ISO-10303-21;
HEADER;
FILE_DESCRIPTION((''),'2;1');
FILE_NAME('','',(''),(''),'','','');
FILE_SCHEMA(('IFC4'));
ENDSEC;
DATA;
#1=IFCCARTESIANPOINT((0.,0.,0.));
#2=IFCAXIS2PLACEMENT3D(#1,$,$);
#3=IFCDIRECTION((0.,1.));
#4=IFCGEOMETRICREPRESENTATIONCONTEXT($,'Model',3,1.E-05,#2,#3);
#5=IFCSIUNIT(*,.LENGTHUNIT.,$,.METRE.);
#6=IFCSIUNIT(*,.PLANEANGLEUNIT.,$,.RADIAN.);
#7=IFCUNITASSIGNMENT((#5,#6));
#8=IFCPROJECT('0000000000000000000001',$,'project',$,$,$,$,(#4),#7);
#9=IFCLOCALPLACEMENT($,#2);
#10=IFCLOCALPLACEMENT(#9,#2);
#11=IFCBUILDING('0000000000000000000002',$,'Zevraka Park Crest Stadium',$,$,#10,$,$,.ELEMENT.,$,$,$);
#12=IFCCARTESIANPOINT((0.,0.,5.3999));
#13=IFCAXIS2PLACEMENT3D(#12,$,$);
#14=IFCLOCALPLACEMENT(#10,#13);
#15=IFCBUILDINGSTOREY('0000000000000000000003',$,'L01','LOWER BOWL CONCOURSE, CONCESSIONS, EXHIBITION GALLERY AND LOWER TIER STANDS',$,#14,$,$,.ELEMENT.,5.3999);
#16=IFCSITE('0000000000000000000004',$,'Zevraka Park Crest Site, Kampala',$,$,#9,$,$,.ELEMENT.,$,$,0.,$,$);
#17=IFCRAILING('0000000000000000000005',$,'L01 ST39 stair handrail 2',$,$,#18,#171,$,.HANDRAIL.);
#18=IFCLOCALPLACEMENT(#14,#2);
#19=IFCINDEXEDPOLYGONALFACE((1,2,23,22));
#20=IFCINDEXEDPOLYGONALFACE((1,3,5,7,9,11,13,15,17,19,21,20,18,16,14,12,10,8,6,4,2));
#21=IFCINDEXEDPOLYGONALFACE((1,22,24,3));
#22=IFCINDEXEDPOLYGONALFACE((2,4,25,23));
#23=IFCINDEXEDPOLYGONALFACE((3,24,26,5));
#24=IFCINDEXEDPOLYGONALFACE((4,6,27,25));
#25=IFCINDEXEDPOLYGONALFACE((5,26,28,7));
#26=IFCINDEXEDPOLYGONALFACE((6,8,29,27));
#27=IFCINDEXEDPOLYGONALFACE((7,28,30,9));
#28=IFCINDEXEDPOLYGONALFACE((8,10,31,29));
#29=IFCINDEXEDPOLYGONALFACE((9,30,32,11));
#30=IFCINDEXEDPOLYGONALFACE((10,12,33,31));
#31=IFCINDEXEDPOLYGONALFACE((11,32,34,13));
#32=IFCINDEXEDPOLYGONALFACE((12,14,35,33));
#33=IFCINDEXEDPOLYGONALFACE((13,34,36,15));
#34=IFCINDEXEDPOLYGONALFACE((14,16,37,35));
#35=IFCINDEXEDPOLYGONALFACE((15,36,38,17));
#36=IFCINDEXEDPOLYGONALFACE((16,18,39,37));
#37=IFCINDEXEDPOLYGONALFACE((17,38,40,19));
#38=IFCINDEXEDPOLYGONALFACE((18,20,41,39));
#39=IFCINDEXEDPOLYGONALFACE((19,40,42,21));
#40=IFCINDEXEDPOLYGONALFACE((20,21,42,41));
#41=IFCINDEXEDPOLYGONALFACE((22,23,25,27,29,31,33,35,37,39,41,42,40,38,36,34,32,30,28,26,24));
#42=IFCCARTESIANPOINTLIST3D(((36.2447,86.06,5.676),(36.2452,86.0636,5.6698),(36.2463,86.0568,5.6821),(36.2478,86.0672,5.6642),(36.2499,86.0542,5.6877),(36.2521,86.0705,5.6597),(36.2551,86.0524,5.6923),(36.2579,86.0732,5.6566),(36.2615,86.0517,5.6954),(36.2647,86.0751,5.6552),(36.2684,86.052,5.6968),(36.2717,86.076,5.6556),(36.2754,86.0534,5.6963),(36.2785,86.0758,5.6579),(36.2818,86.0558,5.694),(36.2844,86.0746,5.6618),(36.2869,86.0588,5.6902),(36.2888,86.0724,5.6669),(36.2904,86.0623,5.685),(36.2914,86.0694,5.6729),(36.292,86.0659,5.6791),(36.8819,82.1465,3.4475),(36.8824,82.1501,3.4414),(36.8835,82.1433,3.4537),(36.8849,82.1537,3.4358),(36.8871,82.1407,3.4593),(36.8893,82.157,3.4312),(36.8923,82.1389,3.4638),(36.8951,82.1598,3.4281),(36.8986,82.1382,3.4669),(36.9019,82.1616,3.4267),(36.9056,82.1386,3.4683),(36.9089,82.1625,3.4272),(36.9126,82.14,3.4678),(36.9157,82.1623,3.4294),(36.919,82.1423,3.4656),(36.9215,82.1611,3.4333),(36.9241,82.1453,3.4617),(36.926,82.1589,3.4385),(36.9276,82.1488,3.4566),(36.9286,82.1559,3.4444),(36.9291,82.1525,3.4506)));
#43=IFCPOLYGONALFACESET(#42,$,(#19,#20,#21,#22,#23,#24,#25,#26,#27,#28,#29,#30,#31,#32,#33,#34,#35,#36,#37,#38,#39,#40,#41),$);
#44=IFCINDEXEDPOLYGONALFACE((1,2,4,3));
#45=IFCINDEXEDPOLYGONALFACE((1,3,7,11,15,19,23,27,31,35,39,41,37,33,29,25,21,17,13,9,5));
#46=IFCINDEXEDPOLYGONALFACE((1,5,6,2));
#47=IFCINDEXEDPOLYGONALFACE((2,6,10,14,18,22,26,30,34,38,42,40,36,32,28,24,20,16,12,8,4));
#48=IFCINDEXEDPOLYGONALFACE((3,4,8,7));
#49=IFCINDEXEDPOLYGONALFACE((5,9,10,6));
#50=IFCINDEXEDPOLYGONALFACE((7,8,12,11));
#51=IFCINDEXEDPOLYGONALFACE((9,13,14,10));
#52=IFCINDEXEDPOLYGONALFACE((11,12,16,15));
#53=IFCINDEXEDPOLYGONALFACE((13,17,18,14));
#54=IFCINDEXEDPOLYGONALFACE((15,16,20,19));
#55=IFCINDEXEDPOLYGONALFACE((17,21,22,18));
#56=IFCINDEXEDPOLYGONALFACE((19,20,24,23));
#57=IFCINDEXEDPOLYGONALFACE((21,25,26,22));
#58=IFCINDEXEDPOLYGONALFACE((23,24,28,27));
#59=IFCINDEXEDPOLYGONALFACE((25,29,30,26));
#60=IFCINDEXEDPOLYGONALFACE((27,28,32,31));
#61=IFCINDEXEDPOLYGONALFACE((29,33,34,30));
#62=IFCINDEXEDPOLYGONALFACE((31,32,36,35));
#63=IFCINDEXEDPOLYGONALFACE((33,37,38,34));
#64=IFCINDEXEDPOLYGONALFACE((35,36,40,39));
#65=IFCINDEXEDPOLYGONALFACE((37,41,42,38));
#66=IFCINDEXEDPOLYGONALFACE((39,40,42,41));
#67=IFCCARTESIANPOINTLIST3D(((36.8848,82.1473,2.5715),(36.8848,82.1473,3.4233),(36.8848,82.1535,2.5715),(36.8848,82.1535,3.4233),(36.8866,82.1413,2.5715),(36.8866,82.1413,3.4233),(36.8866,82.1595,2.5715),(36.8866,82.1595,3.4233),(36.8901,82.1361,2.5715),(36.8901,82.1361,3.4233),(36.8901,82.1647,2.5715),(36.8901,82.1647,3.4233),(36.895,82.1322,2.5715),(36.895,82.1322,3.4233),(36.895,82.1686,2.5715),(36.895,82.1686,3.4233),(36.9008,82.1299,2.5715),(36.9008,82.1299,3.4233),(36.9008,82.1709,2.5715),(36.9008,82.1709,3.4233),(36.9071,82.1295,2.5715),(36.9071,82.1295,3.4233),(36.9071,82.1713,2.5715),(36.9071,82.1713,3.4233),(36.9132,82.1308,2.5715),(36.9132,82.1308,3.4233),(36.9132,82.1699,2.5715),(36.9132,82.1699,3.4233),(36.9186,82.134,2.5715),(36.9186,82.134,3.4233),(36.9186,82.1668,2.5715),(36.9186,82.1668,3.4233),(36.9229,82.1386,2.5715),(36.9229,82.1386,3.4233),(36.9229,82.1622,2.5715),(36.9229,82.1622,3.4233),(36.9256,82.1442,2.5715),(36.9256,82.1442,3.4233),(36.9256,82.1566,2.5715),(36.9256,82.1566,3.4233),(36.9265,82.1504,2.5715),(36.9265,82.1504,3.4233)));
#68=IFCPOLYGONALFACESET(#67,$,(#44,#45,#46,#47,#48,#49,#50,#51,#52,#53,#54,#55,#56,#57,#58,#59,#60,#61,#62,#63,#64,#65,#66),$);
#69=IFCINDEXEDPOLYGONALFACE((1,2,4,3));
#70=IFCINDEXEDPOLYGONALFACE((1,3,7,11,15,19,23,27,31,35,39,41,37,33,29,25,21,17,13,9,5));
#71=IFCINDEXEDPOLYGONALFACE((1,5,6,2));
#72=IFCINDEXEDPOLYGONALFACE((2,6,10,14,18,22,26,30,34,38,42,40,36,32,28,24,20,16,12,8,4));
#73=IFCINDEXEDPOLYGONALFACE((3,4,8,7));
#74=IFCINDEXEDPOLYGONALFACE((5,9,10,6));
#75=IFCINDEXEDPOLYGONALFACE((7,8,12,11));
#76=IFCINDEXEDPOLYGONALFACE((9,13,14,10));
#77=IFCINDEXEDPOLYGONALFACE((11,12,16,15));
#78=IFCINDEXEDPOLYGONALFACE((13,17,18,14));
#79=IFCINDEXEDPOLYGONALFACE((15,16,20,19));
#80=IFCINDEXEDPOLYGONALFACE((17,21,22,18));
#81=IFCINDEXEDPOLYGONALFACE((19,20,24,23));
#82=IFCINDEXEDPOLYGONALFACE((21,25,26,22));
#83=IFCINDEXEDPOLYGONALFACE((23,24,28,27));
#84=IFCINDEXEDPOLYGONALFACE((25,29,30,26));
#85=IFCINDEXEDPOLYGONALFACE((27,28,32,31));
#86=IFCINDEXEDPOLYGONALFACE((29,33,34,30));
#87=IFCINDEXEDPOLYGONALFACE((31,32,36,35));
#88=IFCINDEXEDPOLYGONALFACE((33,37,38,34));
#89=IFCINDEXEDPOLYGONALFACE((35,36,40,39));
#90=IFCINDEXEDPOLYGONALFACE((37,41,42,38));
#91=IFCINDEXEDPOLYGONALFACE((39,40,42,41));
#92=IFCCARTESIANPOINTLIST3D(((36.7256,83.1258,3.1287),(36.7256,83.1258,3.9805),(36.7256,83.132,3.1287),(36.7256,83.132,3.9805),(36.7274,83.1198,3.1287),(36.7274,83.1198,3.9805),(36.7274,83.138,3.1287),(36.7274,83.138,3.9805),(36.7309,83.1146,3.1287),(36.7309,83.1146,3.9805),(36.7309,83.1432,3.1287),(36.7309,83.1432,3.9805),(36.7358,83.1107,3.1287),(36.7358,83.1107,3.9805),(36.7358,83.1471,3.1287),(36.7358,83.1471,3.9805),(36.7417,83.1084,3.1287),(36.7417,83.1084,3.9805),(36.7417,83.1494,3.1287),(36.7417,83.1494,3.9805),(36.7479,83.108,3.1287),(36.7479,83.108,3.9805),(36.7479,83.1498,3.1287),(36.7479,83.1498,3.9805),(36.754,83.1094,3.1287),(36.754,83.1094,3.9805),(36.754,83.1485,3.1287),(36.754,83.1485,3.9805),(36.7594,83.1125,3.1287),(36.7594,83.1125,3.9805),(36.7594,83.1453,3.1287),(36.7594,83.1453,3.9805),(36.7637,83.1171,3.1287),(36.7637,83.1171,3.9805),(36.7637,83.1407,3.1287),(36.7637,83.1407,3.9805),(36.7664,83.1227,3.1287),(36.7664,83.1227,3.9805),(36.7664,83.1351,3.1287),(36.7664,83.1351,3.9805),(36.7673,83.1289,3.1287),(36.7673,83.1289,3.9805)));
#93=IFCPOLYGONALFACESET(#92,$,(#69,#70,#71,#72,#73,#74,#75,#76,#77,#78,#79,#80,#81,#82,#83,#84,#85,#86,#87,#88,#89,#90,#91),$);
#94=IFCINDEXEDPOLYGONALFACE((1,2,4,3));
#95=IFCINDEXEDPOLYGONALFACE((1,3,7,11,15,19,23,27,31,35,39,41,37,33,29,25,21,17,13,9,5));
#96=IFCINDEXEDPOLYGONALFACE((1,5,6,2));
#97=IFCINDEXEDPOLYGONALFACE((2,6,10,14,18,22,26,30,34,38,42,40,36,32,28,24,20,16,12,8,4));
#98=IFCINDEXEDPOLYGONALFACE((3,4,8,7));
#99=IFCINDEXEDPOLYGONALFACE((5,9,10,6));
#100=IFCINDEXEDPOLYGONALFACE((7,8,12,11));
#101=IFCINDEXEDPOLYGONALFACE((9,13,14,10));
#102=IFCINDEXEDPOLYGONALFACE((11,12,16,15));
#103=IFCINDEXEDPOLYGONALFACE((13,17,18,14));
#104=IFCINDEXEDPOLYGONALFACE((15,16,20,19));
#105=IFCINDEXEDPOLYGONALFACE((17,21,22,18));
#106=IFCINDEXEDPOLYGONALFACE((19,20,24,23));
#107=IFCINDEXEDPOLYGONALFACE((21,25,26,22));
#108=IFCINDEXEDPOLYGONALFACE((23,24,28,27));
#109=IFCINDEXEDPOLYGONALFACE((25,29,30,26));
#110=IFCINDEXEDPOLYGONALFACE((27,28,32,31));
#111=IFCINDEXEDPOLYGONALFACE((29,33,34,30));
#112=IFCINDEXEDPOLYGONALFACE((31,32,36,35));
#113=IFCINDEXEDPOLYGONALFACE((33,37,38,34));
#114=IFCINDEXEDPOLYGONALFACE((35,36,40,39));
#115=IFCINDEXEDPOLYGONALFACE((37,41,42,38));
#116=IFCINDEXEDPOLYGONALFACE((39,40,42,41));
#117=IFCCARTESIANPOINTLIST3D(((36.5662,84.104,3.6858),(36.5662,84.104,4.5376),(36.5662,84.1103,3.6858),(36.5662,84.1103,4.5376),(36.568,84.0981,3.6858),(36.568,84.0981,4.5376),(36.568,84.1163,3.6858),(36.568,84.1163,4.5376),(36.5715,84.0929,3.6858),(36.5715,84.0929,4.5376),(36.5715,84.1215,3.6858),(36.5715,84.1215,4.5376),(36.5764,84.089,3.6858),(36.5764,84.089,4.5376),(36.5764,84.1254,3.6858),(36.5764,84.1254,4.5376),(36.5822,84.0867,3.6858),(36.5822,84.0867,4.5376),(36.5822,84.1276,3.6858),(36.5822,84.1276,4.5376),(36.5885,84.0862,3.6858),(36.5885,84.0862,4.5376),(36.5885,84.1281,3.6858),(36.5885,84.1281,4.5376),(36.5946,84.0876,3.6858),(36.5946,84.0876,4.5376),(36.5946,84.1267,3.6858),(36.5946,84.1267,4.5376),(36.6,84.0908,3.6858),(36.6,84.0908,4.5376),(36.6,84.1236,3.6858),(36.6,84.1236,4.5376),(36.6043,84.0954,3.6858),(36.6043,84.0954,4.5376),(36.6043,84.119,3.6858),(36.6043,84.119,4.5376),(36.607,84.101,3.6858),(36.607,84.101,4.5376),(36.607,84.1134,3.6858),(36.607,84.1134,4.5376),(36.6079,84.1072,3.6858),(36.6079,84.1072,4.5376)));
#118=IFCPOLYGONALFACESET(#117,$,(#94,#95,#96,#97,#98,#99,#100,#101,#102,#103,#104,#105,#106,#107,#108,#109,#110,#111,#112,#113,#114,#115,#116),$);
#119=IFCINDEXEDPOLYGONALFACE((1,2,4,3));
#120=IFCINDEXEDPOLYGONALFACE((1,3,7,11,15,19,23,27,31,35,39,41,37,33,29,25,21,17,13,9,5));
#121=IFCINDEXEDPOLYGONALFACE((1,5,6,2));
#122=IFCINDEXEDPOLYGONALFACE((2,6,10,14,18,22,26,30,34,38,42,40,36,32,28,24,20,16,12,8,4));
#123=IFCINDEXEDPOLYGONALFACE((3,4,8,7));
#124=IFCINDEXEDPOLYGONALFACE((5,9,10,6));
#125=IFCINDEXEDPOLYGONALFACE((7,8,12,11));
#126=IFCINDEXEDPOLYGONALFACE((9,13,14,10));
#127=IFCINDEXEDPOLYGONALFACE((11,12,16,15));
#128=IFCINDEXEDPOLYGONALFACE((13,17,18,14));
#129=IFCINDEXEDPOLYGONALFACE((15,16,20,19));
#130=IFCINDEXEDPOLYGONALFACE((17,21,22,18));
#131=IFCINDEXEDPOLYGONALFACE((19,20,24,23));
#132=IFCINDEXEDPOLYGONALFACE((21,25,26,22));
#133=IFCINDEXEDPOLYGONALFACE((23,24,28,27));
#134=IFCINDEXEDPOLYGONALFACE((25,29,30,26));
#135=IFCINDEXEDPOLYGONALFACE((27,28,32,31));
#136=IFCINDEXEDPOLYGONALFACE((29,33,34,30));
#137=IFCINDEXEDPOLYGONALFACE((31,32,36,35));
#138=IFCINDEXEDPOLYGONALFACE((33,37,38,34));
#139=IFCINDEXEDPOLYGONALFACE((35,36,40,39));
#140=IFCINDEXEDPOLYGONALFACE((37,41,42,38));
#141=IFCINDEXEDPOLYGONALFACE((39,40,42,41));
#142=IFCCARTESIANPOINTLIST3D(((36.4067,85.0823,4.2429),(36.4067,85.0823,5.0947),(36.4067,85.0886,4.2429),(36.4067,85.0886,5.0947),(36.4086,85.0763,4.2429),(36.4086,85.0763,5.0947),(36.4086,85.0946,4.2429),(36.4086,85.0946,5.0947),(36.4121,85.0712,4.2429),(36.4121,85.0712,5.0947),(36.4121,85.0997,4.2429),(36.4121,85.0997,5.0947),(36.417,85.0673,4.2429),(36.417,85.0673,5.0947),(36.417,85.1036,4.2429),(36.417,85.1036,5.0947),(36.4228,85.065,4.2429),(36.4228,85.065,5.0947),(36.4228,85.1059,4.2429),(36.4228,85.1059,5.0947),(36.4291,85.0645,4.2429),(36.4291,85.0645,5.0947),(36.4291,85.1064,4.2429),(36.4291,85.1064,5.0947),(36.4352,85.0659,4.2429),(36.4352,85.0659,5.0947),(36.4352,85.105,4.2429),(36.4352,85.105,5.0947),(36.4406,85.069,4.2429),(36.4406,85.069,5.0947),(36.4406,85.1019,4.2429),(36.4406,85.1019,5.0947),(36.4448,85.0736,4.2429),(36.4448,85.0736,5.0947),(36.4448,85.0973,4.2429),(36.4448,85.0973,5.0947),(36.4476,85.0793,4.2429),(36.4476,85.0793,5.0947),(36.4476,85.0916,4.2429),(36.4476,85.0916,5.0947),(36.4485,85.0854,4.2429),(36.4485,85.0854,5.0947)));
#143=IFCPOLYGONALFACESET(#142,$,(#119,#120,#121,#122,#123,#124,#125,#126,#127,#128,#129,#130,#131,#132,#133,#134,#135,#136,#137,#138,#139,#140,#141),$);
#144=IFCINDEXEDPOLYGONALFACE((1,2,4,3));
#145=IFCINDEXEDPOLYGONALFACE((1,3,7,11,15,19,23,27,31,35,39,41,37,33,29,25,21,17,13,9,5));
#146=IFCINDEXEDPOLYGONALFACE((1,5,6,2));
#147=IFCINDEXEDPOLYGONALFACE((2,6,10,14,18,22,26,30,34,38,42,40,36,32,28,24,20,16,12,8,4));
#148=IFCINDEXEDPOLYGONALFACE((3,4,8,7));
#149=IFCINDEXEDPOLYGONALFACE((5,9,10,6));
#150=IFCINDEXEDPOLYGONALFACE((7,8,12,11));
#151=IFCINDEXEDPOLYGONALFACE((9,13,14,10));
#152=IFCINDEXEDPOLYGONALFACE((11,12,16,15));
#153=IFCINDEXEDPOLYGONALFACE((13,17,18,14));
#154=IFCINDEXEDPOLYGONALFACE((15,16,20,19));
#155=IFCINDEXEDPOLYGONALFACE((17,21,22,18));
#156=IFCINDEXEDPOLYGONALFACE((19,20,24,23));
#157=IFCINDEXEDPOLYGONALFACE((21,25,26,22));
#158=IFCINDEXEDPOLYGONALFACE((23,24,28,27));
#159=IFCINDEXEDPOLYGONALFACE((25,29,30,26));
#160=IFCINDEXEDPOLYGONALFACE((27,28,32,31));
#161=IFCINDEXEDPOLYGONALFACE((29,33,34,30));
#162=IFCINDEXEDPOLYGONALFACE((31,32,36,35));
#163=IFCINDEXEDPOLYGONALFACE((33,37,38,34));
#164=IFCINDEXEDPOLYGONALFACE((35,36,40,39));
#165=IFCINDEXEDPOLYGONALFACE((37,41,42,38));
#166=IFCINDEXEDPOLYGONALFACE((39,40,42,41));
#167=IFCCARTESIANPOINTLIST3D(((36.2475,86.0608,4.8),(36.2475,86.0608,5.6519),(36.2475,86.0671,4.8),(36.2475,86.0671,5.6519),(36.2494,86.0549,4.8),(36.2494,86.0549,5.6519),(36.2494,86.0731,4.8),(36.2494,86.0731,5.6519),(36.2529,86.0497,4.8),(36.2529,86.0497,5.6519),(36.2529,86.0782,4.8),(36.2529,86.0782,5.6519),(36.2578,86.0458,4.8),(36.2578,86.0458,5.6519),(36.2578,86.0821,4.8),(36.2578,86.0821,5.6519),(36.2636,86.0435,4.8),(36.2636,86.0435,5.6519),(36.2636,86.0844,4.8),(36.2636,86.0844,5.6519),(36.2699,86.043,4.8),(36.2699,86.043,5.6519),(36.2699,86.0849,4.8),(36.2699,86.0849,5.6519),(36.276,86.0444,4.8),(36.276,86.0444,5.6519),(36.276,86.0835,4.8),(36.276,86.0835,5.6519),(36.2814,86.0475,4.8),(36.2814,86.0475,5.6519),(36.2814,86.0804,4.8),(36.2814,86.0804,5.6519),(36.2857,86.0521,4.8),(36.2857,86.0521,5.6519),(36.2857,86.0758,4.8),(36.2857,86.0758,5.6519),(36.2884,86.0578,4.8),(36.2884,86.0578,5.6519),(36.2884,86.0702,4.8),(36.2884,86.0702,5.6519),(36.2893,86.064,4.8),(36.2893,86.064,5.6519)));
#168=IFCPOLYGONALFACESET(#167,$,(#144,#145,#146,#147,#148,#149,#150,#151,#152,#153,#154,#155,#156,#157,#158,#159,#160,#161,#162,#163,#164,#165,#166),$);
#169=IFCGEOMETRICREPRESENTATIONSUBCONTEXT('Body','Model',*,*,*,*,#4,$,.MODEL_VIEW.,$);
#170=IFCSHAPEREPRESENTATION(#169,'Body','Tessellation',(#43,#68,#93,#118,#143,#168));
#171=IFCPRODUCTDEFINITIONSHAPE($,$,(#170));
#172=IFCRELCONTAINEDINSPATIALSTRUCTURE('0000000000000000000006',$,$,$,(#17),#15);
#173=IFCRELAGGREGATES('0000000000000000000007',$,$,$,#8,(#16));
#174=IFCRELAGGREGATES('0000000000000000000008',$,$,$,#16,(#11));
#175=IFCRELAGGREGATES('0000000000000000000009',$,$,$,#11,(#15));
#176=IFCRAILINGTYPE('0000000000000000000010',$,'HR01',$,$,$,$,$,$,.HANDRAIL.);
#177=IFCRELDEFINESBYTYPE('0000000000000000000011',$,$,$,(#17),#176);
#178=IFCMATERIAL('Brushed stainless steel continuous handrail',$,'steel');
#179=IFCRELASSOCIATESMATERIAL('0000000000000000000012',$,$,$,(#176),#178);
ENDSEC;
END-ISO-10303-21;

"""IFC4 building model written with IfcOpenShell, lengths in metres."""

from ifc_helpers import new_model, si_unit, direction, frame, origin, origin_2d, place, context, subcontext, project, spatial, circle, extrude, material, type_object, element, save


model = new_model("IFC4")

# Units and contexts
model_context = context("Model", 3, precision=1e-05, world=origin(), true_north=direction((0.0, 1.0)))
body_context = subcontext(model_context, "Body", "Model", "MODEL_VIEW")
ifc_project = project(units=[si_unit("LENGTHUNIT", "METRE"), si_unit("PLANEANGLEUNIT", "RADIAN")], contexts=[model_context])

# Site, building, storey
site_placement = place(None, origin())
site = spatial("IfcSite", under=ifc_project, at=site_placement, Name="Zevraka Park Crest Site, Kampala", CompositionType="ELEMENT", RefElevation=0.0)
building_placement = place(site_placement, origin())
building = spatial("IfcBuilding", under=site, at=building_placement, Name="Zevraka Park Crest Stadium", CompositionType="ELEMENT")
storey_placement = place(building_placement, frame((0.0, 0.0, 5.3999)))
storey = spatial("IfcBuildingStorey", under=building, at=storey_placement, Name="L01", Description="LOWER BOWL CONCOURSE, CONCESSIONS, EXHIBITION GALLERY AND LOWER TIER STANDS", CompositionType="ELEMENT", Elevation=5.3999)

# Railing
ifc_material_1 = material(Name="Brushed stainless steel continuous handrail", Category="steel")
railing_type_1 = type_object("IfcRailingType", Name="HR01", PredefinedType="HANDRAIL", material=ifc_material_1)
railing_1_placement = place(storey_placement, frame((36.9055, 82.1504, 2.5715)))
element("IfcRailing", 1, at=railing_1_placement, inside=storey, type_object=railing_type_1, Name="L01 ST39 stair handrail 2", PredefinedType="HANDRAIL", context=body_context, shape_type="SweptSolid", body=[
    extrude(circle(Radius=0.0239, at=origin_2d()), frame((0.0, 0.0, 0.876), z_axis=(-0.140093, 0.86042, 0.489951), x_axis=(-0.987003, -0.160704, 0.0)), (0.0, 0.0, 1.0), 4.5483),
    extrude(circle(Radius=0.021, at=origin_2d()), origin(), (0.0, 0.0, 1.0), 0.8518),
    extrude(circle(Radius=0.021, at=origin_2d()), frame((-0.1592, 0.9785, 0.5571)), (0.0, 0.0, 1.0), 0.8518),
    extrude(circle(Radius=0.021, at=origin_2d()), frame((-0.3186, 1.9568, 1.1143)), (0.0, 0.0, 1.0), 0.8518),
    extrude(circle(Radius=0.021, at=origin_2d()), frame((-0.478, 2.9351, 1.6714)), (0.0, 0.0, 1.0), 0.8518),
    extrude(circle(Radius=0.021, at=origin_2d()), frame((-0.6372, 3.9136, 2.2285)), (0.0, 0.0, 1.0), 0.8518),
])

save(model, "model.ifc")
